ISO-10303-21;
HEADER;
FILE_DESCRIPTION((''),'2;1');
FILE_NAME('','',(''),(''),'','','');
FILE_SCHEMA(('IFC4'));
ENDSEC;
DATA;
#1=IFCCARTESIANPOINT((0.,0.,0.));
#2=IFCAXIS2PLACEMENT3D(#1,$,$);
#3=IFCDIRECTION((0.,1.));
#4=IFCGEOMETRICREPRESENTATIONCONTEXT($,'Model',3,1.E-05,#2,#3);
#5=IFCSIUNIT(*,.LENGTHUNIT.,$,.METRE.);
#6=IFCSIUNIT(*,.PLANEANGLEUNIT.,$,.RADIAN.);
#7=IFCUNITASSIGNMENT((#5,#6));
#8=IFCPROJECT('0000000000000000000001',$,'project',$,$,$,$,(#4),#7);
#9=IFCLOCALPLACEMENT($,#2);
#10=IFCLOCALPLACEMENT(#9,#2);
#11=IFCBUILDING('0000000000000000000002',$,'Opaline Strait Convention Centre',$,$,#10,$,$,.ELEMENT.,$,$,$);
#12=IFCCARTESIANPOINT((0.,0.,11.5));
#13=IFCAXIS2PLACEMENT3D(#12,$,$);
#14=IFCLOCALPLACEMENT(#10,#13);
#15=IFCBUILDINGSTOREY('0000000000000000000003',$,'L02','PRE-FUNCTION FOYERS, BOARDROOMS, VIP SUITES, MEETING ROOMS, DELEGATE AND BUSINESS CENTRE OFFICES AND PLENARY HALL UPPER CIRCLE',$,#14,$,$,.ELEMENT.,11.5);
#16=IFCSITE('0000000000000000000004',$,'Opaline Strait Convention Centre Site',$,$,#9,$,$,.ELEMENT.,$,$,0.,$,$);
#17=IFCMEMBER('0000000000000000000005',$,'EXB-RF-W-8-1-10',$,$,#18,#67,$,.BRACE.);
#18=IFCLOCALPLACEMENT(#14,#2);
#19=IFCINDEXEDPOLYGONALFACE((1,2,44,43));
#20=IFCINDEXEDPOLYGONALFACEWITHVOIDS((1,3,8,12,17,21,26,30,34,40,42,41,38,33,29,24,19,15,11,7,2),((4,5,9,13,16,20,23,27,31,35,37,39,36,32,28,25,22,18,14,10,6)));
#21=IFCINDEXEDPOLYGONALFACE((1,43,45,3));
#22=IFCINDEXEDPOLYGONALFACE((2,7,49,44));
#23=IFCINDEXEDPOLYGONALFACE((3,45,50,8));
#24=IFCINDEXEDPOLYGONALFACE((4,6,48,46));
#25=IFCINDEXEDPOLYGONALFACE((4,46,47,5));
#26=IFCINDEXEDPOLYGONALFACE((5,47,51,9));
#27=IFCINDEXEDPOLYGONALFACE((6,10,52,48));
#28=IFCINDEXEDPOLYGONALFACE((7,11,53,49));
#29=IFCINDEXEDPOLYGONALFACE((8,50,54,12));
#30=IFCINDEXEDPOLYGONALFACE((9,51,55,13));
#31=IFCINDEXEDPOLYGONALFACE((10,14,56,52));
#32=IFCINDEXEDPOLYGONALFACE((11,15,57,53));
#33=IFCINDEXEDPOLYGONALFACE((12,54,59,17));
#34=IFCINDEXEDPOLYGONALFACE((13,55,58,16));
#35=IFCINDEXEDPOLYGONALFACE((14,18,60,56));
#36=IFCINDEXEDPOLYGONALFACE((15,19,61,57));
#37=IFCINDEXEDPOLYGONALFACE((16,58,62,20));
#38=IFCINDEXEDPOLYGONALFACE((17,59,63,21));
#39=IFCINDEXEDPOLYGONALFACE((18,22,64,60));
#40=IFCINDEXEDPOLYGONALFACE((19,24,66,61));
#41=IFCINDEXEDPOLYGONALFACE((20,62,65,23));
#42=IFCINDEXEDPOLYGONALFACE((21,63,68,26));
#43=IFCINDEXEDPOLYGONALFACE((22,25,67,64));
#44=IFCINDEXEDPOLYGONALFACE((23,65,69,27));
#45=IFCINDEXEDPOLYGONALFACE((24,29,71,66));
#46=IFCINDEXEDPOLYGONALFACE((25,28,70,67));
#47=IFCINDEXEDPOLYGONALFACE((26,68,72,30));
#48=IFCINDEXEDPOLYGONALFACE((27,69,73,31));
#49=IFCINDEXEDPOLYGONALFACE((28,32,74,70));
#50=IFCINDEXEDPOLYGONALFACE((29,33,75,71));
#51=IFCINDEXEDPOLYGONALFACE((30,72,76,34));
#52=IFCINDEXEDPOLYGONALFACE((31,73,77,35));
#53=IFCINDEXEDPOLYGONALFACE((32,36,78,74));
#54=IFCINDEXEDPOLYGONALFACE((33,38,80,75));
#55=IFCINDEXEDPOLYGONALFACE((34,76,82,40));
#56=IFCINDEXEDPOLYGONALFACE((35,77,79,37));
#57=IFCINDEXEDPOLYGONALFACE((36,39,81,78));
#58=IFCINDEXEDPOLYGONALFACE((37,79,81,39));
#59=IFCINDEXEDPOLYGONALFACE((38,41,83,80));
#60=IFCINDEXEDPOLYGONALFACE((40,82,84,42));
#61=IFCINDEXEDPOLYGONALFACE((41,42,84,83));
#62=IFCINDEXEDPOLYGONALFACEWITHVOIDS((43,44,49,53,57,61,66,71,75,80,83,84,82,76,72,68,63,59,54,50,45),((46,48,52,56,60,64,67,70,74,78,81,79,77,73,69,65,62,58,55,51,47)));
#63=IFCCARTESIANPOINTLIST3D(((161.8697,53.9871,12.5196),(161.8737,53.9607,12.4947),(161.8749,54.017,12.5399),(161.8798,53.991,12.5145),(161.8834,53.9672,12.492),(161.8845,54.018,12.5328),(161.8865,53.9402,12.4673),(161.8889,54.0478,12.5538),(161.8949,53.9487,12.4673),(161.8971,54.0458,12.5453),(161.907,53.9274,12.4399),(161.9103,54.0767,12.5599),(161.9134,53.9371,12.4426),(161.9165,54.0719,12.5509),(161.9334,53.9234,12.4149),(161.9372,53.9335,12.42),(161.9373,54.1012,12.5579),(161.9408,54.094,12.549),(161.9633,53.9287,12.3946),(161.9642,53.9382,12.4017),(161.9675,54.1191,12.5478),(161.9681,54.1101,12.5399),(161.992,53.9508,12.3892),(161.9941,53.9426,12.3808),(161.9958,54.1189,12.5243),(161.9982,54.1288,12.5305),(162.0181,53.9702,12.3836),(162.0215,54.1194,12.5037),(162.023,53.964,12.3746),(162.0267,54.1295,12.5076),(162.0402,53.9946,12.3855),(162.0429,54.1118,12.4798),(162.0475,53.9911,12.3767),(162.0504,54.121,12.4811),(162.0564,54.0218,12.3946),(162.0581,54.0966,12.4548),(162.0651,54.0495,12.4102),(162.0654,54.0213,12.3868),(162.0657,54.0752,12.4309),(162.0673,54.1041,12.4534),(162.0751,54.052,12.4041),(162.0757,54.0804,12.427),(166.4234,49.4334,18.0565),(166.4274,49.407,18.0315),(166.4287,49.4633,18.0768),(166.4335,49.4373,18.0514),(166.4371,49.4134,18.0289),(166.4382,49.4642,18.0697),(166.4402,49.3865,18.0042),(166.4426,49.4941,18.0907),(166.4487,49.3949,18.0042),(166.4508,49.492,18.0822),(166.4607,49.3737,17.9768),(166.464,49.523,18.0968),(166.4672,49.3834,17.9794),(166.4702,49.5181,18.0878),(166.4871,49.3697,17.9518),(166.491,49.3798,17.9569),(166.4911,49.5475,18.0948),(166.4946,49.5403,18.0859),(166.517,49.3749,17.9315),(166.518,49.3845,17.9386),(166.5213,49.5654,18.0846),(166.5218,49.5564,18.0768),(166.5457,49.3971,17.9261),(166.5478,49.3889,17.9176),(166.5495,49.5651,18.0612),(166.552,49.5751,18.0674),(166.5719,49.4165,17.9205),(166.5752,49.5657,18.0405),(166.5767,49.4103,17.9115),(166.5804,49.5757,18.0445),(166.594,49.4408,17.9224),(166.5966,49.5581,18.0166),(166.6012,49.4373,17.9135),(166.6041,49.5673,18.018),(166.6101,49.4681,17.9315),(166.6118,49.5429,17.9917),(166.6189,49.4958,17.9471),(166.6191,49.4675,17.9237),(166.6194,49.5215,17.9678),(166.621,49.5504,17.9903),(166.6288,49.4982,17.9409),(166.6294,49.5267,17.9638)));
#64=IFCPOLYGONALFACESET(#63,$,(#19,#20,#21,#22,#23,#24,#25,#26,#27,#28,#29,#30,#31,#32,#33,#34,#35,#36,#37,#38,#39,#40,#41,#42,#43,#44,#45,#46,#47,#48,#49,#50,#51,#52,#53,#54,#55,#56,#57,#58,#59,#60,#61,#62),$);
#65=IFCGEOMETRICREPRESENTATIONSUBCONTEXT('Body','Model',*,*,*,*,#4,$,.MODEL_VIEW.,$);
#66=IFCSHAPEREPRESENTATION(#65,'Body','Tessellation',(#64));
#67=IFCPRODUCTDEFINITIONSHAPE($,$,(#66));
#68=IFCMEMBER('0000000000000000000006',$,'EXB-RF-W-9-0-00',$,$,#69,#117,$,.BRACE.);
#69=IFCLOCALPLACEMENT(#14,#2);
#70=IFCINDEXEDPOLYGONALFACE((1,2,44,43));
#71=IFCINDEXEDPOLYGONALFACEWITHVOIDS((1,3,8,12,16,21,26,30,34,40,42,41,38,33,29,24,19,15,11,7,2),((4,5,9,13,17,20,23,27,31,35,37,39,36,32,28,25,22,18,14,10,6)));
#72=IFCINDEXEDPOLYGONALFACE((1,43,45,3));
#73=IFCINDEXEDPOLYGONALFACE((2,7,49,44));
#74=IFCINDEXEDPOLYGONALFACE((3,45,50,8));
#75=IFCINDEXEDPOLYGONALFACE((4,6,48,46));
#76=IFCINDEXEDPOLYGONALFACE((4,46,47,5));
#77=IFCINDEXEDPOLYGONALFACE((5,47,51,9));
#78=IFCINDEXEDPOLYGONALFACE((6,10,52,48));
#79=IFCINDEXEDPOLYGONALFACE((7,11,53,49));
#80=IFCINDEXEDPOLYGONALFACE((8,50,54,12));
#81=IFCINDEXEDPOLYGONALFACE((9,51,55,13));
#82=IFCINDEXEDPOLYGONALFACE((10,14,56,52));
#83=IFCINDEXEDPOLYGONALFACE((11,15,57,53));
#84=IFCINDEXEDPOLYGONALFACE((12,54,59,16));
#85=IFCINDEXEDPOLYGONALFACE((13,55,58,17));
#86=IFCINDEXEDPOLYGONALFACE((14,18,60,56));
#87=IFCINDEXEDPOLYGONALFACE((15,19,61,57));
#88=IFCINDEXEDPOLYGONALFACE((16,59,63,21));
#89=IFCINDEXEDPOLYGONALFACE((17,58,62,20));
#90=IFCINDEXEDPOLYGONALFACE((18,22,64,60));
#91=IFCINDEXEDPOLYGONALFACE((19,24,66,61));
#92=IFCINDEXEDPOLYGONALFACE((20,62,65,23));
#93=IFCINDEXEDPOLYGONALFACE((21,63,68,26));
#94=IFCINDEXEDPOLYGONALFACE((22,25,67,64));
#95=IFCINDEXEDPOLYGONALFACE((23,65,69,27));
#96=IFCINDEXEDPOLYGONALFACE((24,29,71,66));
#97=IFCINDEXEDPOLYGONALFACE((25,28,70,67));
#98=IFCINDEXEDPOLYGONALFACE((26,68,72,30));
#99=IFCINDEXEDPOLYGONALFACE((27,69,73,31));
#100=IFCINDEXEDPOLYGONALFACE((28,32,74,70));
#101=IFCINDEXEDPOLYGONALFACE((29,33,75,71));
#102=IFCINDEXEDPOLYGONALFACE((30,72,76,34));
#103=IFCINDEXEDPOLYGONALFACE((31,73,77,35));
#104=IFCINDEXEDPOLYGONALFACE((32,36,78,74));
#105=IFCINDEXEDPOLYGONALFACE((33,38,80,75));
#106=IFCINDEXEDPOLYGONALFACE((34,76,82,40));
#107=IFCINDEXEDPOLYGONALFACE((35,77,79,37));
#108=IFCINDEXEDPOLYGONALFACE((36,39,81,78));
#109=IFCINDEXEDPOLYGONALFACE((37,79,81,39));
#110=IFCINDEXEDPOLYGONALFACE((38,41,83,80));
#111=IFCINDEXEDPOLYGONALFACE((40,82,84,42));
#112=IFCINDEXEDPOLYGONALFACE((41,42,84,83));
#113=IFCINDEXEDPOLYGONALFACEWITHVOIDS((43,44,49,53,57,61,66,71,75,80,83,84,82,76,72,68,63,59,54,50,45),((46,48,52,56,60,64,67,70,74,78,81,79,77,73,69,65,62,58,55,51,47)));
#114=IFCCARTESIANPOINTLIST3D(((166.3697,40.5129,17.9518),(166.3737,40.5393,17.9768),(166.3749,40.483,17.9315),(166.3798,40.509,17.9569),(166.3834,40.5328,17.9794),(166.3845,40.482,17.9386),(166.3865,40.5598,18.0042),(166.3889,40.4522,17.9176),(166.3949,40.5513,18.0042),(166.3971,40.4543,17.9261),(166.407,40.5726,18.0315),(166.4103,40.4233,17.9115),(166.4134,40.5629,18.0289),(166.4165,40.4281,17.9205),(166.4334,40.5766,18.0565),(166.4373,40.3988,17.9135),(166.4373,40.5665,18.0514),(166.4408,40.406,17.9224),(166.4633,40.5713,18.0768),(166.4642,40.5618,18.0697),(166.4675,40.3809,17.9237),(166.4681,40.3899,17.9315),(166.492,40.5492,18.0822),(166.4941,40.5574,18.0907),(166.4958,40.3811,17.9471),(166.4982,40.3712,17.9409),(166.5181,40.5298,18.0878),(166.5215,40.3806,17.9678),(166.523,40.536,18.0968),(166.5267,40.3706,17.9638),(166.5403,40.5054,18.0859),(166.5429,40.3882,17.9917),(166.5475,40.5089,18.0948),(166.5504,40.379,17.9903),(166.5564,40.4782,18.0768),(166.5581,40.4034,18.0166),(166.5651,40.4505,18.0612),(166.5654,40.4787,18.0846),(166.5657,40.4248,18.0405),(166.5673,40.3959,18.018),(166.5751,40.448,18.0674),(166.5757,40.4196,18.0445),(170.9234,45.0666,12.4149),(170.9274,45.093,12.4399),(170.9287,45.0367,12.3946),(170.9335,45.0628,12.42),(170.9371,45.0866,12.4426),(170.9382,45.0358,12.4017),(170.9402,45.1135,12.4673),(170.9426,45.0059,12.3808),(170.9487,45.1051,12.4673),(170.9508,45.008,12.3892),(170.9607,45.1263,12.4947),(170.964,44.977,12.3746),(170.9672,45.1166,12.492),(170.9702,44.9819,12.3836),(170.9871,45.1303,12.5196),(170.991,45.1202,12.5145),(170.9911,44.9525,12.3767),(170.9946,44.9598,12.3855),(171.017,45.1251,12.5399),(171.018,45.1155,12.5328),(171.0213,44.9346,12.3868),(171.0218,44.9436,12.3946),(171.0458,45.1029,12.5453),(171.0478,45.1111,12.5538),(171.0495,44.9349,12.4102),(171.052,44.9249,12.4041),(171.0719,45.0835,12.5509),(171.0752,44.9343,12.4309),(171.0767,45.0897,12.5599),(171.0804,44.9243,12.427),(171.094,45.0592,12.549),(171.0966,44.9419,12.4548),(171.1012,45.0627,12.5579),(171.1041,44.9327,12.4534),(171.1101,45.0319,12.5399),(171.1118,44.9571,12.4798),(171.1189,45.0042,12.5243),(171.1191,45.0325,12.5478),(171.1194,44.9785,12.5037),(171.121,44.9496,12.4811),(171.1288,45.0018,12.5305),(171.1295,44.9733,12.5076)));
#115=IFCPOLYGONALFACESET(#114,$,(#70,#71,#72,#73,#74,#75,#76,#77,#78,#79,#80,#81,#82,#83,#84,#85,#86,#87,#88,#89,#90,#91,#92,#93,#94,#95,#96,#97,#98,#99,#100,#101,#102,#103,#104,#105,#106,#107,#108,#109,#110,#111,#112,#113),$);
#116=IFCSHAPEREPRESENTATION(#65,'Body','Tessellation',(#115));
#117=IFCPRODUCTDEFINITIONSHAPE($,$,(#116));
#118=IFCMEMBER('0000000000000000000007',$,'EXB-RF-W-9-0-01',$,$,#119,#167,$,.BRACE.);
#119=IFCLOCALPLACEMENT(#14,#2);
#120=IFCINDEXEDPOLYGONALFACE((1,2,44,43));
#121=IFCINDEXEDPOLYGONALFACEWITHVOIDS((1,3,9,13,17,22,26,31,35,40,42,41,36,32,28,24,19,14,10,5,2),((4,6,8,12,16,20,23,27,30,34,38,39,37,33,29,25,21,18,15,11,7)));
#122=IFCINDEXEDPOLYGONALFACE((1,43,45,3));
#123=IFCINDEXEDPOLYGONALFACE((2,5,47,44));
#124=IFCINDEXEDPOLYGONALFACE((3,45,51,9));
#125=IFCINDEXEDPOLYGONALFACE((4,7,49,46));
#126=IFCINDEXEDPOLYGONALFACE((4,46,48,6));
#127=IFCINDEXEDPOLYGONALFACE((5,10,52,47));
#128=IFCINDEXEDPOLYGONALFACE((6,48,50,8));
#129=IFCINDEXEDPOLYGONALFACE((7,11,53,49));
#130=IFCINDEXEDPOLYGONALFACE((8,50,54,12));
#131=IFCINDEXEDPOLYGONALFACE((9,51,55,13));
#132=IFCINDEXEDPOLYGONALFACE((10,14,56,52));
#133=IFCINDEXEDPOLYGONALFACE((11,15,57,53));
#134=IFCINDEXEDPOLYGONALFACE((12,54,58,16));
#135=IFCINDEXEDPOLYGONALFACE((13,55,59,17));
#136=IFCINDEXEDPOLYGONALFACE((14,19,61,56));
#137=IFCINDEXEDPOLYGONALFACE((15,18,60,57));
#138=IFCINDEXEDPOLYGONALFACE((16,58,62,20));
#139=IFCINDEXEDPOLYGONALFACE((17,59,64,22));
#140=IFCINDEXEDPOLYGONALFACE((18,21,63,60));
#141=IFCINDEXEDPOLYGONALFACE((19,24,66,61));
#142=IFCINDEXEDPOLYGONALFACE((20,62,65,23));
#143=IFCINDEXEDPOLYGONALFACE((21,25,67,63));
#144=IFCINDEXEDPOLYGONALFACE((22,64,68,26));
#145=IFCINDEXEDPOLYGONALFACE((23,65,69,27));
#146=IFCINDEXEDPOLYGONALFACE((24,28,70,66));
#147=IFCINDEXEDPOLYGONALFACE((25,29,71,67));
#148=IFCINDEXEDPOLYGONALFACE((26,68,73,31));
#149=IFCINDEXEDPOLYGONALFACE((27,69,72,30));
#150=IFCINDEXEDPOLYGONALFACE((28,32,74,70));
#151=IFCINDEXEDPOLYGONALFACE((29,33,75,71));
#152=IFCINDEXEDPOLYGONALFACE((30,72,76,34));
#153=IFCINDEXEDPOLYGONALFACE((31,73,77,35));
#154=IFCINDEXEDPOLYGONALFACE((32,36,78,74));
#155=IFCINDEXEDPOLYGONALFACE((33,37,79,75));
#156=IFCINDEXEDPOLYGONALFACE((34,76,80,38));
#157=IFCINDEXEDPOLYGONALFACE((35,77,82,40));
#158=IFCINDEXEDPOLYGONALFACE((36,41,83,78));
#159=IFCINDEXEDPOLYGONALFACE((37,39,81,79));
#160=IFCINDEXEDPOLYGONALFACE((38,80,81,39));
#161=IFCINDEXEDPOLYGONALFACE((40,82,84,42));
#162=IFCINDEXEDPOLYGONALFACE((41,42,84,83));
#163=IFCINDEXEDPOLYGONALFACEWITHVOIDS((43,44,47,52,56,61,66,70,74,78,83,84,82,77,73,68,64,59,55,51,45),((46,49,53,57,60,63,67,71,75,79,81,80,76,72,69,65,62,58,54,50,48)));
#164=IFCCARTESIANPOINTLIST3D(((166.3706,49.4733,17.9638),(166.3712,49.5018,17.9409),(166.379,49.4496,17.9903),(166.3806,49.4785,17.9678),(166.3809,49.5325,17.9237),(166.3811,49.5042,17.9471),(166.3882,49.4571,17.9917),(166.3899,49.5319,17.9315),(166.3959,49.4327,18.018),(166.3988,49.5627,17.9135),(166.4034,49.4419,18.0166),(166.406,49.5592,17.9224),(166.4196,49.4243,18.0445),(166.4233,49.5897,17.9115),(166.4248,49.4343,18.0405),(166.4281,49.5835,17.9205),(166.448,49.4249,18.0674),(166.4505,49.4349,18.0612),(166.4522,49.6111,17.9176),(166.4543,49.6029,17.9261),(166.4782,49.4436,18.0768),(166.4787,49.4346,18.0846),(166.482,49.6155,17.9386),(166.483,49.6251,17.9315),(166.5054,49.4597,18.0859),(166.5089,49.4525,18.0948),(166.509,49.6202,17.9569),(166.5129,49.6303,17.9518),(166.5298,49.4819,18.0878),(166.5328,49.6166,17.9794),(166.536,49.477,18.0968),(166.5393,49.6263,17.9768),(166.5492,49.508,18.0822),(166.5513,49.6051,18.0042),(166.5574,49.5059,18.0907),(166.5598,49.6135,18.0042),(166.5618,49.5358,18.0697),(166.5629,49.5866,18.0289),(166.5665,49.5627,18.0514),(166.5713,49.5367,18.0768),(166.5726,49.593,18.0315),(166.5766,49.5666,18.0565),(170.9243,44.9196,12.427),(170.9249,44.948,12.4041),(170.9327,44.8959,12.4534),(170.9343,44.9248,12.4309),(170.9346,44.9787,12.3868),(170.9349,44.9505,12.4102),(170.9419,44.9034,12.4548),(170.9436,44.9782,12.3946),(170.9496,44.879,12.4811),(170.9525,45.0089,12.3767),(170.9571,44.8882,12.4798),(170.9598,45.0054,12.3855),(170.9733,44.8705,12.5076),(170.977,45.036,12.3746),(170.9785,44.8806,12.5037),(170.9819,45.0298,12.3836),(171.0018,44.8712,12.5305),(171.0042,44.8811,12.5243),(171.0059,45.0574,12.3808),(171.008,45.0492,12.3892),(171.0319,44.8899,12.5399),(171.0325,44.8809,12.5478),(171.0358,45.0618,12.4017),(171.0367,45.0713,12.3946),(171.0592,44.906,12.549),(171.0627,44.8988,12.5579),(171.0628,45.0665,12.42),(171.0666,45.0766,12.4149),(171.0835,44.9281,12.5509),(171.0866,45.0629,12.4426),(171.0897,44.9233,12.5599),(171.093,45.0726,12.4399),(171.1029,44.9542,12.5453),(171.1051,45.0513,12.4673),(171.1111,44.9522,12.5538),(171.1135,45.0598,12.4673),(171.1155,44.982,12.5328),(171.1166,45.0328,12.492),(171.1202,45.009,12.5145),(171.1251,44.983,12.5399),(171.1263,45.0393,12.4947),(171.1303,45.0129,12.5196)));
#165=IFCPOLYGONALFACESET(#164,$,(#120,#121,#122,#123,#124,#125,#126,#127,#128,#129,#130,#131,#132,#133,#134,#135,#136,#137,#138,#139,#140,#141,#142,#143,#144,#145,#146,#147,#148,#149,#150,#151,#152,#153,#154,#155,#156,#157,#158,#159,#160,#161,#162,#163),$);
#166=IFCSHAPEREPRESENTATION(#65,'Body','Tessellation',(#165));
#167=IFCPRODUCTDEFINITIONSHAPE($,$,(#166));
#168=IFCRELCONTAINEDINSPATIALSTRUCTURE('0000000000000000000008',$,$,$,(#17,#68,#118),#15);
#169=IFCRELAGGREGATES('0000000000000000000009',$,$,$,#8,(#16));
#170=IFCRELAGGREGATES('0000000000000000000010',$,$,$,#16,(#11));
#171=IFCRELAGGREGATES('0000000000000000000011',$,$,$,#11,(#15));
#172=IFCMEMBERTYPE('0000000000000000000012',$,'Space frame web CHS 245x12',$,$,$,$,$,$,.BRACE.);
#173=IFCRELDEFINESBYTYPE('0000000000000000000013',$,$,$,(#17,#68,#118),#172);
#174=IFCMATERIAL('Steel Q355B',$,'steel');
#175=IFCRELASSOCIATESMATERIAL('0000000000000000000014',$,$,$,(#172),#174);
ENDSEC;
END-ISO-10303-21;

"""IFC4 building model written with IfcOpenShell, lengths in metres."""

from ifc_helpers import new_model, si_unit, direction, frame, origin, origin_2d, place, context, subcontext, project, spatial, hollow_circle, extrude, material, material_profile, profile_set, type_object, element, save


model = new_model("IFC4")

# Units and contexts
model_context = context("Model", 3, precision=1e-05, world=origin(), true_north=direction((0.0, 1.0)))
body_context = subcontext(model_context, "Body", "Model", "MODEL_VIEW")
ifc_project = project(units=[si_unit("LENGTHUNIT", "METRE"), si_unit("PLANEANGLEUNIT", "RADIAN")], contexts=[model_context])

# Site, building, storey
site_placement = place(None, origin())
site = spatial("IfcSite", under=ifc_project, at=site_placement, Name="Opaline Strait Convention Centre Site", CompositionType="ELEMENT", RefElevation=0.0)
building_placement = place(site_placement, origin())
building = spatial("IfcBuilding", under=site, at=building_placement, Name="Opaline Strait Convention Centre", CompositionType="ELEMENT")
storey_placement = place(building_placement, frame((0.0, 0.0, 11.5)))
storey = spatial("IfcBuildingStorey", under=building, at=storey_placement, Name="L02", Description="PRE-FUNCTION FOYERS, BOARDROOMS, VIP SUITES, MEETING ROOMS, DELEGATE AND BUSINESS CENTRE OFFICES AND PLENARY HALL UPPER CIRCLE", CompositionType="ELEMENT", Elevation=11.5)

# Members
ifc_material_1 = material(Name="Steel Q355B", Category="steel")
ifc_material_profile_1 = material_profile(ifc_material_1, hollow_circle(Radius=0.1226, WallThickness=0.012, at=origin_2d()), Name="CHS 245x12")
ifc_profile_set_1 = profile_set([ifc_material_profile_1], Name="Steel Q355B")
member_type_1 = type_object("IfcMemberType", Name="Space frame web CHS 245x12", PredefinedType="BRACE", material=ifc_profile_set_1)
for number, where, z_axis, x_axis, name in (
    (1, (166.5269, 49.4731, 18.0042), (-0.536178, 0.536178, -0.65194), (-0.707107, -0.707107, 0.0), "EXB-RF-W-8-1-10"),
    (2, (166.4731, 40.4731, 18.0042), (0.536178, 0.536178, -0.65194), (-0.707107, 0.707107, 0.0), "EXB-RF-W-9-0-00"),
    (3, (166.4731, 49.5269, 18.0042), (0.536178, -0.536178, -0.65194), (0.707107, 0.707107, 0.0), "EXB-RF-W-9-0-01"),
):
    element("IfcMember", number, at=place(storey_placement, frame(where, z_axis=z_axis, x_axis=x_axis)), inside=storey, type_object=member_type_1, Name=name, PredefinedType="BRACE", context=body_context, shape_type="SweptSolid", body=[
        extrude(hollow_circle(Radius=0.1226, WallThickness=0.012, at=origin_2d()), origin(), (0.0, 0.0, 1.0), 8.4929),
    ])

save(model, "model.ifc")
